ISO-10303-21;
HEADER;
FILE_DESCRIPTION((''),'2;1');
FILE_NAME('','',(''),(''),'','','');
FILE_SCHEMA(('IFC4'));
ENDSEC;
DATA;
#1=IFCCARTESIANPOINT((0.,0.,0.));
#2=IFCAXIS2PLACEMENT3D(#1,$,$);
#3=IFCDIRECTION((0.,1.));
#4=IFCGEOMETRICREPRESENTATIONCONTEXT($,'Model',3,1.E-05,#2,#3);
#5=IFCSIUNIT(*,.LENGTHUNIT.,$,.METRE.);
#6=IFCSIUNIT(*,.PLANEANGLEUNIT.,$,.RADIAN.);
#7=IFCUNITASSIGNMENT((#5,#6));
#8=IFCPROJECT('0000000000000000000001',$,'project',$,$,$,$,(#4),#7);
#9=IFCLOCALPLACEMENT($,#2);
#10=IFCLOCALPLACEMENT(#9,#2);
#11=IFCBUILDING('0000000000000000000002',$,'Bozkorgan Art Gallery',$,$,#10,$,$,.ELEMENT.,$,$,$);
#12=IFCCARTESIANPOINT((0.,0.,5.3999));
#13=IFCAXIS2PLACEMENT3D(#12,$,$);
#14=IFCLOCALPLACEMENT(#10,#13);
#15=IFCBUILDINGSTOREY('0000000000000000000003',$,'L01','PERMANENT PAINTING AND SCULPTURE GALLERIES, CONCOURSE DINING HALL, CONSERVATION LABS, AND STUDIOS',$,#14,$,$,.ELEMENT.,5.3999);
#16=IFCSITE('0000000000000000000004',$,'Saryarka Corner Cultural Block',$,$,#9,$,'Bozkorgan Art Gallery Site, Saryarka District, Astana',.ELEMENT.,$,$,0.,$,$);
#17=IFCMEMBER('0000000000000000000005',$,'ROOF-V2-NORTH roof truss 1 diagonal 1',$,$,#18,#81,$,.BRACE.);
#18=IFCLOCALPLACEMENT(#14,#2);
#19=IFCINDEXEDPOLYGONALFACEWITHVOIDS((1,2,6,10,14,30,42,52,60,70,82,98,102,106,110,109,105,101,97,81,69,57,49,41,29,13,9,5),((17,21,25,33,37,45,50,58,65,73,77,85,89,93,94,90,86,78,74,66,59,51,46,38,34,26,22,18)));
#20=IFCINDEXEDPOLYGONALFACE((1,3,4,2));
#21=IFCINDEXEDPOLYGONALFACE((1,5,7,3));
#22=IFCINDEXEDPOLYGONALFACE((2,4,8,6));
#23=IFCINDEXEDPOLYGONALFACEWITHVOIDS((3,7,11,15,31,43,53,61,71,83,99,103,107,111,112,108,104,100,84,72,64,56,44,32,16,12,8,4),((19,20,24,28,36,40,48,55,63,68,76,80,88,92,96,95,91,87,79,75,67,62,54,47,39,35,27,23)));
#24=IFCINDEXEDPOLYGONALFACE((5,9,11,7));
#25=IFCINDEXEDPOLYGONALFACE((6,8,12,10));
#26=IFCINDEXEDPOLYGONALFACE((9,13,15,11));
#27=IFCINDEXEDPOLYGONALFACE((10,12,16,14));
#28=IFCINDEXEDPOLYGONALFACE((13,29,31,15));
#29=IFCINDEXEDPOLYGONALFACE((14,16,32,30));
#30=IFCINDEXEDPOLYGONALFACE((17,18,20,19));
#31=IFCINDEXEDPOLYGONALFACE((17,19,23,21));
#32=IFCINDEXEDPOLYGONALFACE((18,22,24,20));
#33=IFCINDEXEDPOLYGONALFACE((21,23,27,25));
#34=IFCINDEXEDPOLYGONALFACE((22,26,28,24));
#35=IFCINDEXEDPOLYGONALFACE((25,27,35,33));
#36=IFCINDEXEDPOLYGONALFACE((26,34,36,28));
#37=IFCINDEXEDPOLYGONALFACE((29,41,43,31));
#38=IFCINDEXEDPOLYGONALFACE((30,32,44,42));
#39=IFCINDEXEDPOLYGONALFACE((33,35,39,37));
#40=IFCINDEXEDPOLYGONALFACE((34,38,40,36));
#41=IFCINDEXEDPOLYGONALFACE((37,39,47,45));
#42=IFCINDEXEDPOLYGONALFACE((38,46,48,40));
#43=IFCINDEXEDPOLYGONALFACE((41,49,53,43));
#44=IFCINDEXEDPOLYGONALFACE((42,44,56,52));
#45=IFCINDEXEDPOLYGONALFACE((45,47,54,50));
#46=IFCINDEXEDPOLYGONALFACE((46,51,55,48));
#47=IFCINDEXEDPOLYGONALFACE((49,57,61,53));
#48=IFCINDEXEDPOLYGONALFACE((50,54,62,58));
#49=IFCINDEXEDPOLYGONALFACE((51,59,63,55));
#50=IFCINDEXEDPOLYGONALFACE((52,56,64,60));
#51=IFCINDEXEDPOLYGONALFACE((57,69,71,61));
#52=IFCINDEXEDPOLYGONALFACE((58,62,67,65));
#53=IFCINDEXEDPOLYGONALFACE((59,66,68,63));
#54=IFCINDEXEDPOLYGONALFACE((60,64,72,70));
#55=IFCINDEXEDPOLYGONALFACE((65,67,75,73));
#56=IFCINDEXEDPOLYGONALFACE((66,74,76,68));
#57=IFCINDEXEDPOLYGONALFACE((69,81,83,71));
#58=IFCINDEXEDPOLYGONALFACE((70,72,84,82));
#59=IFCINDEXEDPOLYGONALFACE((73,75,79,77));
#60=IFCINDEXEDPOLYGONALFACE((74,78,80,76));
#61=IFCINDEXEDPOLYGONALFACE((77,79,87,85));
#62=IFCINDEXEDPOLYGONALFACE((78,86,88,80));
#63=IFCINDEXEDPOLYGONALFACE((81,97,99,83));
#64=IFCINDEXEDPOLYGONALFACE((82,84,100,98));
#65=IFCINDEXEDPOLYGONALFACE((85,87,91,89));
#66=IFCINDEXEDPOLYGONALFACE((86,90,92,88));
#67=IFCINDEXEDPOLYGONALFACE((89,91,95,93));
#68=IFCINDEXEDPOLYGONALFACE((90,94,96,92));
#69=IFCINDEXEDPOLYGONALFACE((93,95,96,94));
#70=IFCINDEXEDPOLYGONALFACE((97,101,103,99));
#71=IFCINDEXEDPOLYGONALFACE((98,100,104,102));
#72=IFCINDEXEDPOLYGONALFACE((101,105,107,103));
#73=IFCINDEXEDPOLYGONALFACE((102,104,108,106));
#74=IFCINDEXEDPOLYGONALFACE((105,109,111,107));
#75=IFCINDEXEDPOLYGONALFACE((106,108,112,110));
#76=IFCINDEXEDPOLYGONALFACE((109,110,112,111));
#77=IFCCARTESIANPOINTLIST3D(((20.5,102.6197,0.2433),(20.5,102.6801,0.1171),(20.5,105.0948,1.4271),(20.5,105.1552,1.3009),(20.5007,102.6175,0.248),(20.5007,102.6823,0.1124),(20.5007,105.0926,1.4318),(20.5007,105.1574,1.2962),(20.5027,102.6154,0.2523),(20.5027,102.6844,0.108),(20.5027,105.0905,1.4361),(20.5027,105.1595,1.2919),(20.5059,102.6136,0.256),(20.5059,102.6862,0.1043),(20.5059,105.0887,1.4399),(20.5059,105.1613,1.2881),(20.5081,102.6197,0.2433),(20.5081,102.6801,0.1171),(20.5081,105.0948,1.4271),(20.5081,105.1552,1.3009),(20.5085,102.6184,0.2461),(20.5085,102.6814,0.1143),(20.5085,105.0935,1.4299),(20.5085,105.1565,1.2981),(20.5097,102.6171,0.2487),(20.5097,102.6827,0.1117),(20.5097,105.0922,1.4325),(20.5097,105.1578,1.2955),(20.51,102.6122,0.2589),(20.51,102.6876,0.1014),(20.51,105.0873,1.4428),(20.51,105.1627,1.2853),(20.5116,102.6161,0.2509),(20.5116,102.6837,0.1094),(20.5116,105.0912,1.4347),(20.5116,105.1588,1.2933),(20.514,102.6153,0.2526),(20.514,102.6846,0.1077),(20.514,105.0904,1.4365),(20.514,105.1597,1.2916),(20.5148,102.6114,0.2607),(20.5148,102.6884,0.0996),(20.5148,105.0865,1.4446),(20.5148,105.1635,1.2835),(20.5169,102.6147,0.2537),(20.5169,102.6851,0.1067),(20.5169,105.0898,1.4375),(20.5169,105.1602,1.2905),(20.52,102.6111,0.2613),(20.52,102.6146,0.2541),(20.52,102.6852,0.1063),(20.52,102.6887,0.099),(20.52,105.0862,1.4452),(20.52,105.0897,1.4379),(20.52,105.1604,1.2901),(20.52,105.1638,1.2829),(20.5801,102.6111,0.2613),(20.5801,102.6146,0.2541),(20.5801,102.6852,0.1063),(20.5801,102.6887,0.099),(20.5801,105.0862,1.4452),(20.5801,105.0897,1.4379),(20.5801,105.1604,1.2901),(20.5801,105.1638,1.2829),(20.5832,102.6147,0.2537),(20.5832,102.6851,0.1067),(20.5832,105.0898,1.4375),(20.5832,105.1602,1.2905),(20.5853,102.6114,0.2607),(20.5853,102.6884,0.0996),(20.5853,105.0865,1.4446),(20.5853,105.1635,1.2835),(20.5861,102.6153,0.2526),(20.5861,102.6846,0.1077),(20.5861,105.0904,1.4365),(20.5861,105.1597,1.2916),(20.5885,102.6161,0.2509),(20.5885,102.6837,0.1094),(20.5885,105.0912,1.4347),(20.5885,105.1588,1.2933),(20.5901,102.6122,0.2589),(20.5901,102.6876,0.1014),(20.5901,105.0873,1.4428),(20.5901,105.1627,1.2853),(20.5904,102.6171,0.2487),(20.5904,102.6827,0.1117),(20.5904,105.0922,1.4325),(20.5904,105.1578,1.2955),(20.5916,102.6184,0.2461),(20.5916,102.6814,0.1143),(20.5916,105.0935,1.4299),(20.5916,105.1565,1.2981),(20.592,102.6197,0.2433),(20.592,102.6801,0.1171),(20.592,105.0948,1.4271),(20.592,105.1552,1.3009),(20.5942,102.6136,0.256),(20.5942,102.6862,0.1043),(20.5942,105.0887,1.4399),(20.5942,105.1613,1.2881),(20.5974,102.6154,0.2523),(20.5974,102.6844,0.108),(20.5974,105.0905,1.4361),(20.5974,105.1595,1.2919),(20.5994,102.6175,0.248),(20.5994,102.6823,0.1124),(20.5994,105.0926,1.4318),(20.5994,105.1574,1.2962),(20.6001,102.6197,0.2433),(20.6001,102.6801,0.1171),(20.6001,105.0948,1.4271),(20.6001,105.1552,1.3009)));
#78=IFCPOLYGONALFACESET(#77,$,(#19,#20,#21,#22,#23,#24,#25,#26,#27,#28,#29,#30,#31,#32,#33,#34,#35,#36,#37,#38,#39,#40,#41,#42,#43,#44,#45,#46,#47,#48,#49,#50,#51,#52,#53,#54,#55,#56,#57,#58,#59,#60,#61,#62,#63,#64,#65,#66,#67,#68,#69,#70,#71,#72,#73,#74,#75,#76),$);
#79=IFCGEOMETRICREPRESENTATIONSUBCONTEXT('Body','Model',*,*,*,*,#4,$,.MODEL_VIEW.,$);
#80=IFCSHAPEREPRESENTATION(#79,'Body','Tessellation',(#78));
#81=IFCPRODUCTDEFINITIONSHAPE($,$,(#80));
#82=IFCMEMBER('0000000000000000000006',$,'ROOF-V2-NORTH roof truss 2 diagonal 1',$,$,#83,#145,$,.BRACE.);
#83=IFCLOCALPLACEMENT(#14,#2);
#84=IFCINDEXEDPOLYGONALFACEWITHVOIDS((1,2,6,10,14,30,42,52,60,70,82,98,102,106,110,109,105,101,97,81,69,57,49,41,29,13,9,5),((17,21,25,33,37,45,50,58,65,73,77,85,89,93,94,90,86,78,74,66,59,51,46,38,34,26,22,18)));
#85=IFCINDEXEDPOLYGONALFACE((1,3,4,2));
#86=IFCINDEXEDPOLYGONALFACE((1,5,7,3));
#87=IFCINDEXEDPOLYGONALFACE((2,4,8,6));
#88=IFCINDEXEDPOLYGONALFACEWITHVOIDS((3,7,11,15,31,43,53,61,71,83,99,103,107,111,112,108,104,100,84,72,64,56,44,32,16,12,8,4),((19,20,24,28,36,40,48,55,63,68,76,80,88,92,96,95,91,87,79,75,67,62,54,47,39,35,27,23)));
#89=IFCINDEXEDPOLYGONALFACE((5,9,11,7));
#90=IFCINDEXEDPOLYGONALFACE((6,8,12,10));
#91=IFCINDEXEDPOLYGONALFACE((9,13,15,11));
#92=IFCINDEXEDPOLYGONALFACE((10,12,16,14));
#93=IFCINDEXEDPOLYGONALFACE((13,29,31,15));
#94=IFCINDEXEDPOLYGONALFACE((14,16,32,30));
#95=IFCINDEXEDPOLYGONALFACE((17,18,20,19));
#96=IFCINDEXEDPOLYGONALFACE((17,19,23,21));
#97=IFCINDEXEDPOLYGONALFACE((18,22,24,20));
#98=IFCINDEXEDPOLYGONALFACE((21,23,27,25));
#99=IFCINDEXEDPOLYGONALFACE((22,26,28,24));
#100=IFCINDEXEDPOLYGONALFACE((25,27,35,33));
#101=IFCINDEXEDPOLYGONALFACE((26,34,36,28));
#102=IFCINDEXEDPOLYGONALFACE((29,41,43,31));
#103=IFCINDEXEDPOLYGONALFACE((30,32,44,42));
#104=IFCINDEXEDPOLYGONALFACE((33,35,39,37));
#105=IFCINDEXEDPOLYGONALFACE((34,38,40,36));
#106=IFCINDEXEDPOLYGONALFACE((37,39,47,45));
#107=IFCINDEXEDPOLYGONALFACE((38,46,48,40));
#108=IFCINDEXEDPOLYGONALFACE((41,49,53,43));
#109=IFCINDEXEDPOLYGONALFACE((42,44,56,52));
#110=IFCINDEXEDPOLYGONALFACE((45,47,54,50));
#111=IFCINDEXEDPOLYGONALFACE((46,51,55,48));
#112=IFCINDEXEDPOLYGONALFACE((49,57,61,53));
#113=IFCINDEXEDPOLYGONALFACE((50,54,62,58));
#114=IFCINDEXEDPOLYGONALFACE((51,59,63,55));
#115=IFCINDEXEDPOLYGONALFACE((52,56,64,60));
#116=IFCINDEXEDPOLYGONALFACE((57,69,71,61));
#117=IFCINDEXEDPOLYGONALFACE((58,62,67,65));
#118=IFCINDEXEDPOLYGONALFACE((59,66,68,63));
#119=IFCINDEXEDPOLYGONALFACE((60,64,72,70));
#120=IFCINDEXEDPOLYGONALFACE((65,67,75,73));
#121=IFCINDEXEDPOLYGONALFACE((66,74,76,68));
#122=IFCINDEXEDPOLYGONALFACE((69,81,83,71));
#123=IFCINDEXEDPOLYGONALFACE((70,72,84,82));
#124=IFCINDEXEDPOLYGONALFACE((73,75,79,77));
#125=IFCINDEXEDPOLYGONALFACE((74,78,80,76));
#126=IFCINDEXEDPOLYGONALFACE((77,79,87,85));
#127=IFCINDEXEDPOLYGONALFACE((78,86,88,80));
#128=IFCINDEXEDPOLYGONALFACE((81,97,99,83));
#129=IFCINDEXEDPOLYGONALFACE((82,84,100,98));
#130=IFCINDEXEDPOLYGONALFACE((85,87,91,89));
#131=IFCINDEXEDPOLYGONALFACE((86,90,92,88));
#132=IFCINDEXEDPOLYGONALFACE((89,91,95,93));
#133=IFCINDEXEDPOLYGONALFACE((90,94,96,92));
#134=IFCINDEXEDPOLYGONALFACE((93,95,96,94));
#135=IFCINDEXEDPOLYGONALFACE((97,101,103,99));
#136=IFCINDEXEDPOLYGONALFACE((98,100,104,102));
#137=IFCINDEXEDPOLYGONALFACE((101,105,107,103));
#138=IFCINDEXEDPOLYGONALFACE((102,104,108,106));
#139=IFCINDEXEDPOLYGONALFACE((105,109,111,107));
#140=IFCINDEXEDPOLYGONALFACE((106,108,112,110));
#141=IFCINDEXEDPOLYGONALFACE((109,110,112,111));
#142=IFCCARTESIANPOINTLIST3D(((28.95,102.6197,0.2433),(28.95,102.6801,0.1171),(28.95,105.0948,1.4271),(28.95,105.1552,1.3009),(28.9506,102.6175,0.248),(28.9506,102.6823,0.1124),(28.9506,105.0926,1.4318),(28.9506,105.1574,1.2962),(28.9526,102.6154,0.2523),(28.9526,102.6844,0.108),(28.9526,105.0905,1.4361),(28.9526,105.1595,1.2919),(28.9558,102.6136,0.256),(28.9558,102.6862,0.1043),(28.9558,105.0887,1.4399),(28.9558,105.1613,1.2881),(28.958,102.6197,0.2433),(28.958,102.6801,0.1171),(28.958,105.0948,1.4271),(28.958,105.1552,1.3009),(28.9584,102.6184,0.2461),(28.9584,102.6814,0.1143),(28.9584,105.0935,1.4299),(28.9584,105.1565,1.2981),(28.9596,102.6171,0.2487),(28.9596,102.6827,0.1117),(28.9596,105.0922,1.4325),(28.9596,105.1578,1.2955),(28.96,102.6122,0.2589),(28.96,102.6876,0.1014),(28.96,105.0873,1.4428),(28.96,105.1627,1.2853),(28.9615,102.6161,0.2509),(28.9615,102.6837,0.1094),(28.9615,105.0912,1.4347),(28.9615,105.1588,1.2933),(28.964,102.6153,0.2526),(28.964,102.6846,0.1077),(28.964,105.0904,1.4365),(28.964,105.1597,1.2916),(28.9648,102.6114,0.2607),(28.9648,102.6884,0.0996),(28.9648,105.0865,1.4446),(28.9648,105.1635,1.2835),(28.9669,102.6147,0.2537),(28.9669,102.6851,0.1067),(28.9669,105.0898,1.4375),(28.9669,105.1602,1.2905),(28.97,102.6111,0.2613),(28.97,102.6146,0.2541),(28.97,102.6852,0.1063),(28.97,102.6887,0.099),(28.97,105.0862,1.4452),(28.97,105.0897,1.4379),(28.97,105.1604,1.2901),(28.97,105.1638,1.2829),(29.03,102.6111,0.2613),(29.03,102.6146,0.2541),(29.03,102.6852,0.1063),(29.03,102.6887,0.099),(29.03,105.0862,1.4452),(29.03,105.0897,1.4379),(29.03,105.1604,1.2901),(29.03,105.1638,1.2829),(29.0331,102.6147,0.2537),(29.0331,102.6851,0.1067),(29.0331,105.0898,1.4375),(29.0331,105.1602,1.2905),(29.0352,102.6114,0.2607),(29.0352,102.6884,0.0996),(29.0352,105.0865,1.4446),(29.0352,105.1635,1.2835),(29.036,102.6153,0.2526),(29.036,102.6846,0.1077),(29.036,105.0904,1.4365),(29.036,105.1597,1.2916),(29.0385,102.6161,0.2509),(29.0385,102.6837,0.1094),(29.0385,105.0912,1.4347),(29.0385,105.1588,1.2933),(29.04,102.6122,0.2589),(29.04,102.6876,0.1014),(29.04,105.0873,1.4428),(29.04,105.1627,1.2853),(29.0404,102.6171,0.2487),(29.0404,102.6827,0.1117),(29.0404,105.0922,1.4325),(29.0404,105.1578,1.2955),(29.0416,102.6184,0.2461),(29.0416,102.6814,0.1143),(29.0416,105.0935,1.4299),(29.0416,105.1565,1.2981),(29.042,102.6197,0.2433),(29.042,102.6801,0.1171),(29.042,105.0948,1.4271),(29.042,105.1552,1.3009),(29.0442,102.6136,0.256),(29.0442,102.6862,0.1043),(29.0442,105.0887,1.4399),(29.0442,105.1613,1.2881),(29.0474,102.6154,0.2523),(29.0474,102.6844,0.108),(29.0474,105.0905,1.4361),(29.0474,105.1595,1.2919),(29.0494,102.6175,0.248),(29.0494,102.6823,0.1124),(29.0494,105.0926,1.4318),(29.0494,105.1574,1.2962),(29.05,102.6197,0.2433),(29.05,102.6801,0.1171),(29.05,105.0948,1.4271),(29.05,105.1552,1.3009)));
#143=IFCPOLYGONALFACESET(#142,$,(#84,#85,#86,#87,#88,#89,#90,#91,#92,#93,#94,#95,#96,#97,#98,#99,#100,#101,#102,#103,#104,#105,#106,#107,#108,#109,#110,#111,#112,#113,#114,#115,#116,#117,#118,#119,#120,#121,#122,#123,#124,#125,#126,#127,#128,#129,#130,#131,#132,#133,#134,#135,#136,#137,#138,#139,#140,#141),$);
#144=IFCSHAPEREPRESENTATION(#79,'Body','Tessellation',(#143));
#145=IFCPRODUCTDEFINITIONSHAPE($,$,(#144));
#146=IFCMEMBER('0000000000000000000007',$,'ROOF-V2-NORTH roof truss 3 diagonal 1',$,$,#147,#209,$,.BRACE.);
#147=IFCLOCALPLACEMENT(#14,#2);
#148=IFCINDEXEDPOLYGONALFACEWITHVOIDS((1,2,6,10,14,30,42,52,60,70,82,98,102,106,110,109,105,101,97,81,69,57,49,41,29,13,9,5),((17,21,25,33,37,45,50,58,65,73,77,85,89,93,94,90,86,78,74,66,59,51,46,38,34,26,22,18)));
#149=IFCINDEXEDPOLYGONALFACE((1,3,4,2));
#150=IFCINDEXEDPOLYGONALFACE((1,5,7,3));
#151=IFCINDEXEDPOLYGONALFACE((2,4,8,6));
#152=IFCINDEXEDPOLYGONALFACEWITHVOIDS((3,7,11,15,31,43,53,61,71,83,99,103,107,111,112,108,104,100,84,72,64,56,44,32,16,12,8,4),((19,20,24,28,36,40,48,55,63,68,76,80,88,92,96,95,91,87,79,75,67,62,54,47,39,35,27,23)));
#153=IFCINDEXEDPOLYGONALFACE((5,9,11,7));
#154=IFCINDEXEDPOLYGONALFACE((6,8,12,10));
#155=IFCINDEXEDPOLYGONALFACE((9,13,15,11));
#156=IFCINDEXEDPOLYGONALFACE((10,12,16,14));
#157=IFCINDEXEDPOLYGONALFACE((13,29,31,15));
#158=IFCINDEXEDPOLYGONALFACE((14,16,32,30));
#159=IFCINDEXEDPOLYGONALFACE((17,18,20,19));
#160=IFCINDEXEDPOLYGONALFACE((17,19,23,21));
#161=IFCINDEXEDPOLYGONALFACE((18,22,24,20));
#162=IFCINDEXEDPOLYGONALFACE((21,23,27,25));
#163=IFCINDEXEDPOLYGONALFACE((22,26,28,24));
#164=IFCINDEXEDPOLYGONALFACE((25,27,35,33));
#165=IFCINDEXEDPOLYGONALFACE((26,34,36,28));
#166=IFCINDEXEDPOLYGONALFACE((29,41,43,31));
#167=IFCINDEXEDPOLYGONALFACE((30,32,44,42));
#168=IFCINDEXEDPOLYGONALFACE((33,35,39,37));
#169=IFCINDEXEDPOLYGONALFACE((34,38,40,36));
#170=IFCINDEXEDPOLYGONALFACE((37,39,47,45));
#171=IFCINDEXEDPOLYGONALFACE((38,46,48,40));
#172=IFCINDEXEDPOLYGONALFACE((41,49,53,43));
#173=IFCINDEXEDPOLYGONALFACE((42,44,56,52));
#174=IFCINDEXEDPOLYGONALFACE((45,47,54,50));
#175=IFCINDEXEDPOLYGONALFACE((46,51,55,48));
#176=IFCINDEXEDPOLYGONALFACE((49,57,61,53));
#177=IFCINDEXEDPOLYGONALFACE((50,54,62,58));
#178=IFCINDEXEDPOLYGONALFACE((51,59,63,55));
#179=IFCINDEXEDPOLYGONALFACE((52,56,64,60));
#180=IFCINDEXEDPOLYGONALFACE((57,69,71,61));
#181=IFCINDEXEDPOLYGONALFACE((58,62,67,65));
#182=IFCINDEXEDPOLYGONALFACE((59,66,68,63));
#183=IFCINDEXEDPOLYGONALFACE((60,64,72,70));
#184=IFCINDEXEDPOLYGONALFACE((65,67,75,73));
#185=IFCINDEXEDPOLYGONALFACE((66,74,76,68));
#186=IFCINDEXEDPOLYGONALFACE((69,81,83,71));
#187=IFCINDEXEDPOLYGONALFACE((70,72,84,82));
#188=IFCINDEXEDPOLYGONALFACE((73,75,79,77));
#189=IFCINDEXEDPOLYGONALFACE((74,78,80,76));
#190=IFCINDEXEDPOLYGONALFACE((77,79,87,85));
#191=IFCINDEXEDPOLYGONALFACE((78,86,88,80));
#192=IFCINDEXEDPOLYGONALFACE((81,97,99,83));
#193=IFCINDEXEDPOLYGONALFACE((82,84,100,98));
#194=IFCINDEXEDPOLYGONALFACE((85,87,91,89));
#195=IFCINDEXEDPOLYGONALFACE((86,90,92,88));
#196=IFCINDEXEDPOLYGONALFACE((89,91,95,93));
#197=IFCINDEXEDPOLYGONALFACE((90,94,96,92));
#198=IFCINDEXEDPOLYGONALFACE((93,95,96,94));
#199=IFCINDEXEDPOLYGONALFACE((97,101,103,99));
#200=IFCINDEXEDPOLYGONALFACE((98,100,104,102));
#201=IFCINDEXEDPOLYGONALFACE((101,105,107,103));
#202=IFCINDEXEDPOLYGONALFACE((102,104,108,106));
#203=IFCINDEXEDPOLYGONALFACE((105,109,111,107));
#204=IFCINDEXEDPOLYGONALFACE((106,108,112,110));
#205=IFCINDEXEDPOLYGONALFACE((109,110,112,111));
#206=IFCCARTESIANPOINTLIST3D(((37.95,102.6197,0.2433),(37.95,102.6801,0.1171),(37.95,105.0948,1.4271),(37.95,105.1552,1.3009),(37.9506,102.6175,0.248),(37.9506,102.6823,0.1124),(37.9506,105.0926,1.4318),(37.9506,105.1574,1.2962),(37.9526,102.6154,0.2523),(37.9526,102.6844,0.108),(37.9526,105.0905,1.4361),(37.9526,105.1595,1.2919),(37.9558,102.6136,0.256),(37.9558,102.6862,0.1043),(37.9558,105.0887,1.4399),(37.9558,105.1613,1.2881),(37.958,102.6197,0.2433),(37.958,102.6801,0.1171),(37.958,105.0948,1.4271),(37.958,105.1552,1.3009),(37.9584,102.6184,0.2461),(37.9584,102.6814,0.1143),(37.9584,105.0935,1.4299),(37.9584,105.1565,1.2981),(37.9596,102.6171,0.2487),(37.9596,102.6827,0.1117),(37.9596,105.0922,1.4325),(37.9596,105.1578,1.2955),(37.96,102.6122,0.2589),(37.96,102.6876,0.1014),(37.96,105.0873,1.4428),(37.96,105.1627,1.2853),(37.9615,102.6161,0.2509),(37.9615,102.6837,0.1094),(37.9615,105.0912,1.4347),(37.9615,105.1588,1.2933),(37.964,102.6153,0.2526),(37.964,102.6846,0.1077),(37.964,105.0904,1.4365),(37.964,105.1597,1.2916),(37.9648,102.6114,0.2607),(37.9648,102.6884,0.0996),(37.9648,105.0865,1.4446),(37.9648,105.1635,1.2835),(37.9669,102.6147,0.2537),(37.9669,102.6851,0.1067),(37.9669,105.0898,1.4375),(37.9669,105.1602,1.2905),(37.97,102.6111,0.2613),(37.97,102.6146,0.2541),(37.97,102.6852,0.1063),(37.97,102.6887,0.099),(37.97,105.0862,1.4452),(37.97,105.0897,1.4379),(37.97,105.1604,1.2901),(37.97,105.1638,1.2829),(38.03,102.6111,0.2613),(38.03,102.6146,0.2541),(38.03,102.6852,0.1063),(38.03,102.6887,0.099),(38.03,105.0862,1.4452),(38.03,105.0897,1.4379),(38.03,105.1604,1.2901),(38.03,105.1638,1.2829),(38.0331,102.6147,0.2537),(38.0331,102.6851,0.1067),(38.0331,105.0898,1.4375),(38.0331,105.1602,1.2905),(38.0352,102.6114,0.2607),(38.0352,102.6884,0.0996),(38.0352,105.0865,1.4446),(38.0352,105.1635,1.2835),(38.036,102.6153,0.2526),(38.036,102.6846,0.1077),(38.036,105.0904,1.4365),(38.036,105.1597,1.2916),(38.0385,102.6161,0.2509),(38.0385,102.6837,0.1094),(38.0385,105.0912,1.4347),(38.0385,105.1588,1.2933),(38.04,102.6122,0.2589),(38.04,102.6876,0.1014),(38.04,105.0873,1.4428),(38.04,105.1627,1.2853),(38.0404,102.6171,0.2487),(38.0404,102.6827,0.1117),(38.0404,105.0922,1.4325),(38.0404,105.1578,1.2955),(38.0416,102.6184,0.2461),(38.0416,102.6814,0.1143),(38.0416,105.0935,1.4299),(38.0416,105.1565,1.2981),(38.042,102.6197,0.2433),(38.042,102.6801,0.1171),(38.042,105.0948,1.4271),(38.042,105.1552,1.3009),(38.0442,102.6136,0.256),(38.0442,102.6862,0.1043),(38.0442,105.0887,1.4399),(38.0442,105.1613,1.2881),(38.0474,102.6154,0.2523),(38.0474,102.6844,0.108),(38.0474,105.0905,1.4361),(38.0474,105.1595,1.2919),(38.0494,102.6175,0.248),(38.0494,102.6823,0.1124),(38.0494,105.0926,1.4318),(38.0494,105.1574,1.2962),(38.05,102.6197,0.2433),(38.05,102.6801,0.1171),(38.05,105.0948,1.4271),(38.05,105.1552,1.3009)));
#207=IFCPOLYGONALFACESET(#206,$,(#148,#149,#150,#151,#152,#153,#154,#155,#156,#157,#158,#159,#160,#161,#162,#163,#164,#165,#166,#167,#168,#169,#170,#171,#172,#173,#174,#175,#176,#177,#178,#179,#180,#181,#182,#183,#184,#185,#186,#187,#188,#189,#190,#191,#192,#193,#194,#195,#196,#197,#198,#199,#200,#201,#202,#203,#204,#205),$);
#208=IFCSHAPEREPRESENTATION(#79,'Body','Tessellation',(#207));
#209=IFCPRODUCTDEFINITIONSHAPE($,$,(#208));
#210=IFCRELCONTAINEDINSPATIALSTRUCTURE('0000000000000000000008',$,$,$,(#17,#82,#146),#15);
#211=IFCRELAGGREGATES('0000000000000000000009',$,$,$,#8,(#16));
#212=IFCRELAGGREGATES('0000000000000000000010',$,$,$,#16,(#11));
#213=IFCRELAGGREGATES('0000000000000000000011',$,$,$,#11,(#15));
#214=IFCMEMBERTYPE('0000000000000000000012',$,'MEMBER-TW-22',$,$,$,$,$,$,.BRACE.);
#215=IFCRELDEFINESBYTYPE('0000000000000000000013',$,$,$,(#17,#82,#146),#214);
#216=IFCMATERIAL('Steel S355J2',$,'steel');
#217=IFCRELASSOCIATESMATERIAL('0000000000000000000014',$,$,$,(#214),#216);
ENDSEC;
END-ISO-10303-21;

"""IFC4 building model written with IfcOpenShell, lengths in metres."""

from ifc_helpers import new_model, si_unit, direction, frame, origin, origin_2d, place, context, subcontext, project, spatial, hollow_rectangle, extrude, material, material_profile, profile_set, type_object, element, save


model = new_model("IFC4")

# Units and contexts
model_context = context("Model", 3, precision=1e-05, world=origin(), true_north=direction((0.0, 1.0)))
body_context = subcontext(model_context, "Body", "Model", "MODEL_VIEW")
ifc_project = project(units=[si_unit("LENGTHUNIT", "METRE"), si_unit("PLANEANGLEUNIT", "RADIAN")], contexts=[model_context])

# Site, building, storey
site_placement = place(None, origin())
site = spatial("IfcSite", under=ifc_project, at=site_placement, Name="Saryarka Corner Cultural Block", LongName="Bozkorgan Art Gallery Site, Saryarka District, Astana", CompositionType="ELEMENT", RefElevation=0.0)
building_placement = place(site_placement, origin())
building = spatial("IfcBuilding", under=site, at=building_placement, Name="Bozkorgan Art Gallery", CompositionType="ELEMENT")
storey_placement = place(building_placement, frame((0.0, 0.0, 5.3999)))
storey = spatial("IfcBuildingStorey", under=building, at=storey_placement, Name="L01", Description="PERMANENT PAINTING AND SCULPTURE GALLERIES, CONCOURSE DINING HALL, CONSERVATION LABS, AND STUDIOS", CompositionType="ELEMENT", Elevation=5.3999)

# Shared definitions
ifc_material_1 = material(Name="Steel S355J2", Category="steel")

# Members
ifc_material_profile_1 = material_profile(ifc_material_1, hollow_rectangle(XDim=0.1001, YDim=0.1799, WallThickness=0.0081, InnerFilletRadius=0.012, OuterFilletRadius=0.02, at=origin_2d()), Name="RHS 180x100x8")
ifc_profile_set_1 = profile_set([ifc_material_profile_1], Name="Steel S355J2")
member_type_1 = type_object("IfcMemberType", Name="MEMBER-TW-22", PredefinedType="BRACE", material=ifc_profile_set_1)
for number, where, z_axis, x_axis, name in (
    (1, (20.55, 102.6499, 0.1802), (0.0, 0.902121, 0.431484), (-1.0, 0.0, 0.0), "ROOF-V2-NORTH roof truss 1 diagonal 1"),
    (2, (29.0, 102.6499, 0.1802), (0.0, 0.902121, 0.431484), (-1.0, 0.0, 0.0), "ROOF-V2-NORTH roof truss 2 diagonal 1"),
    (3, (38.0, 102.6499, 0.1802), (0.0, 0.902121, 0.431484), (-1.0, 0.0, 0.0), "ROOF-V2-NORTH roof truss 3 diagonal 1"),
):
    element("IfcMember", number, at=place(storey_placement, frame(where, z_axis=z_axis, x_axis=x_axis)), inside=storey, type_object=member_type_1, Name=name, PredefinedType="BRACE", context=body_context, shape_type="SweptSolid", body=[
        extrude(hollow_rectangle(XDim=0.1001, YDim=0.1799, WallThickness=0.0081, InnerFilletRadius=0.012, OuterFilletRadius=0.02, at=origin_2d()), origin(), (0.0, 0.0, 1.0), 2.7437),
    ])

save(model, "model.ifc")
